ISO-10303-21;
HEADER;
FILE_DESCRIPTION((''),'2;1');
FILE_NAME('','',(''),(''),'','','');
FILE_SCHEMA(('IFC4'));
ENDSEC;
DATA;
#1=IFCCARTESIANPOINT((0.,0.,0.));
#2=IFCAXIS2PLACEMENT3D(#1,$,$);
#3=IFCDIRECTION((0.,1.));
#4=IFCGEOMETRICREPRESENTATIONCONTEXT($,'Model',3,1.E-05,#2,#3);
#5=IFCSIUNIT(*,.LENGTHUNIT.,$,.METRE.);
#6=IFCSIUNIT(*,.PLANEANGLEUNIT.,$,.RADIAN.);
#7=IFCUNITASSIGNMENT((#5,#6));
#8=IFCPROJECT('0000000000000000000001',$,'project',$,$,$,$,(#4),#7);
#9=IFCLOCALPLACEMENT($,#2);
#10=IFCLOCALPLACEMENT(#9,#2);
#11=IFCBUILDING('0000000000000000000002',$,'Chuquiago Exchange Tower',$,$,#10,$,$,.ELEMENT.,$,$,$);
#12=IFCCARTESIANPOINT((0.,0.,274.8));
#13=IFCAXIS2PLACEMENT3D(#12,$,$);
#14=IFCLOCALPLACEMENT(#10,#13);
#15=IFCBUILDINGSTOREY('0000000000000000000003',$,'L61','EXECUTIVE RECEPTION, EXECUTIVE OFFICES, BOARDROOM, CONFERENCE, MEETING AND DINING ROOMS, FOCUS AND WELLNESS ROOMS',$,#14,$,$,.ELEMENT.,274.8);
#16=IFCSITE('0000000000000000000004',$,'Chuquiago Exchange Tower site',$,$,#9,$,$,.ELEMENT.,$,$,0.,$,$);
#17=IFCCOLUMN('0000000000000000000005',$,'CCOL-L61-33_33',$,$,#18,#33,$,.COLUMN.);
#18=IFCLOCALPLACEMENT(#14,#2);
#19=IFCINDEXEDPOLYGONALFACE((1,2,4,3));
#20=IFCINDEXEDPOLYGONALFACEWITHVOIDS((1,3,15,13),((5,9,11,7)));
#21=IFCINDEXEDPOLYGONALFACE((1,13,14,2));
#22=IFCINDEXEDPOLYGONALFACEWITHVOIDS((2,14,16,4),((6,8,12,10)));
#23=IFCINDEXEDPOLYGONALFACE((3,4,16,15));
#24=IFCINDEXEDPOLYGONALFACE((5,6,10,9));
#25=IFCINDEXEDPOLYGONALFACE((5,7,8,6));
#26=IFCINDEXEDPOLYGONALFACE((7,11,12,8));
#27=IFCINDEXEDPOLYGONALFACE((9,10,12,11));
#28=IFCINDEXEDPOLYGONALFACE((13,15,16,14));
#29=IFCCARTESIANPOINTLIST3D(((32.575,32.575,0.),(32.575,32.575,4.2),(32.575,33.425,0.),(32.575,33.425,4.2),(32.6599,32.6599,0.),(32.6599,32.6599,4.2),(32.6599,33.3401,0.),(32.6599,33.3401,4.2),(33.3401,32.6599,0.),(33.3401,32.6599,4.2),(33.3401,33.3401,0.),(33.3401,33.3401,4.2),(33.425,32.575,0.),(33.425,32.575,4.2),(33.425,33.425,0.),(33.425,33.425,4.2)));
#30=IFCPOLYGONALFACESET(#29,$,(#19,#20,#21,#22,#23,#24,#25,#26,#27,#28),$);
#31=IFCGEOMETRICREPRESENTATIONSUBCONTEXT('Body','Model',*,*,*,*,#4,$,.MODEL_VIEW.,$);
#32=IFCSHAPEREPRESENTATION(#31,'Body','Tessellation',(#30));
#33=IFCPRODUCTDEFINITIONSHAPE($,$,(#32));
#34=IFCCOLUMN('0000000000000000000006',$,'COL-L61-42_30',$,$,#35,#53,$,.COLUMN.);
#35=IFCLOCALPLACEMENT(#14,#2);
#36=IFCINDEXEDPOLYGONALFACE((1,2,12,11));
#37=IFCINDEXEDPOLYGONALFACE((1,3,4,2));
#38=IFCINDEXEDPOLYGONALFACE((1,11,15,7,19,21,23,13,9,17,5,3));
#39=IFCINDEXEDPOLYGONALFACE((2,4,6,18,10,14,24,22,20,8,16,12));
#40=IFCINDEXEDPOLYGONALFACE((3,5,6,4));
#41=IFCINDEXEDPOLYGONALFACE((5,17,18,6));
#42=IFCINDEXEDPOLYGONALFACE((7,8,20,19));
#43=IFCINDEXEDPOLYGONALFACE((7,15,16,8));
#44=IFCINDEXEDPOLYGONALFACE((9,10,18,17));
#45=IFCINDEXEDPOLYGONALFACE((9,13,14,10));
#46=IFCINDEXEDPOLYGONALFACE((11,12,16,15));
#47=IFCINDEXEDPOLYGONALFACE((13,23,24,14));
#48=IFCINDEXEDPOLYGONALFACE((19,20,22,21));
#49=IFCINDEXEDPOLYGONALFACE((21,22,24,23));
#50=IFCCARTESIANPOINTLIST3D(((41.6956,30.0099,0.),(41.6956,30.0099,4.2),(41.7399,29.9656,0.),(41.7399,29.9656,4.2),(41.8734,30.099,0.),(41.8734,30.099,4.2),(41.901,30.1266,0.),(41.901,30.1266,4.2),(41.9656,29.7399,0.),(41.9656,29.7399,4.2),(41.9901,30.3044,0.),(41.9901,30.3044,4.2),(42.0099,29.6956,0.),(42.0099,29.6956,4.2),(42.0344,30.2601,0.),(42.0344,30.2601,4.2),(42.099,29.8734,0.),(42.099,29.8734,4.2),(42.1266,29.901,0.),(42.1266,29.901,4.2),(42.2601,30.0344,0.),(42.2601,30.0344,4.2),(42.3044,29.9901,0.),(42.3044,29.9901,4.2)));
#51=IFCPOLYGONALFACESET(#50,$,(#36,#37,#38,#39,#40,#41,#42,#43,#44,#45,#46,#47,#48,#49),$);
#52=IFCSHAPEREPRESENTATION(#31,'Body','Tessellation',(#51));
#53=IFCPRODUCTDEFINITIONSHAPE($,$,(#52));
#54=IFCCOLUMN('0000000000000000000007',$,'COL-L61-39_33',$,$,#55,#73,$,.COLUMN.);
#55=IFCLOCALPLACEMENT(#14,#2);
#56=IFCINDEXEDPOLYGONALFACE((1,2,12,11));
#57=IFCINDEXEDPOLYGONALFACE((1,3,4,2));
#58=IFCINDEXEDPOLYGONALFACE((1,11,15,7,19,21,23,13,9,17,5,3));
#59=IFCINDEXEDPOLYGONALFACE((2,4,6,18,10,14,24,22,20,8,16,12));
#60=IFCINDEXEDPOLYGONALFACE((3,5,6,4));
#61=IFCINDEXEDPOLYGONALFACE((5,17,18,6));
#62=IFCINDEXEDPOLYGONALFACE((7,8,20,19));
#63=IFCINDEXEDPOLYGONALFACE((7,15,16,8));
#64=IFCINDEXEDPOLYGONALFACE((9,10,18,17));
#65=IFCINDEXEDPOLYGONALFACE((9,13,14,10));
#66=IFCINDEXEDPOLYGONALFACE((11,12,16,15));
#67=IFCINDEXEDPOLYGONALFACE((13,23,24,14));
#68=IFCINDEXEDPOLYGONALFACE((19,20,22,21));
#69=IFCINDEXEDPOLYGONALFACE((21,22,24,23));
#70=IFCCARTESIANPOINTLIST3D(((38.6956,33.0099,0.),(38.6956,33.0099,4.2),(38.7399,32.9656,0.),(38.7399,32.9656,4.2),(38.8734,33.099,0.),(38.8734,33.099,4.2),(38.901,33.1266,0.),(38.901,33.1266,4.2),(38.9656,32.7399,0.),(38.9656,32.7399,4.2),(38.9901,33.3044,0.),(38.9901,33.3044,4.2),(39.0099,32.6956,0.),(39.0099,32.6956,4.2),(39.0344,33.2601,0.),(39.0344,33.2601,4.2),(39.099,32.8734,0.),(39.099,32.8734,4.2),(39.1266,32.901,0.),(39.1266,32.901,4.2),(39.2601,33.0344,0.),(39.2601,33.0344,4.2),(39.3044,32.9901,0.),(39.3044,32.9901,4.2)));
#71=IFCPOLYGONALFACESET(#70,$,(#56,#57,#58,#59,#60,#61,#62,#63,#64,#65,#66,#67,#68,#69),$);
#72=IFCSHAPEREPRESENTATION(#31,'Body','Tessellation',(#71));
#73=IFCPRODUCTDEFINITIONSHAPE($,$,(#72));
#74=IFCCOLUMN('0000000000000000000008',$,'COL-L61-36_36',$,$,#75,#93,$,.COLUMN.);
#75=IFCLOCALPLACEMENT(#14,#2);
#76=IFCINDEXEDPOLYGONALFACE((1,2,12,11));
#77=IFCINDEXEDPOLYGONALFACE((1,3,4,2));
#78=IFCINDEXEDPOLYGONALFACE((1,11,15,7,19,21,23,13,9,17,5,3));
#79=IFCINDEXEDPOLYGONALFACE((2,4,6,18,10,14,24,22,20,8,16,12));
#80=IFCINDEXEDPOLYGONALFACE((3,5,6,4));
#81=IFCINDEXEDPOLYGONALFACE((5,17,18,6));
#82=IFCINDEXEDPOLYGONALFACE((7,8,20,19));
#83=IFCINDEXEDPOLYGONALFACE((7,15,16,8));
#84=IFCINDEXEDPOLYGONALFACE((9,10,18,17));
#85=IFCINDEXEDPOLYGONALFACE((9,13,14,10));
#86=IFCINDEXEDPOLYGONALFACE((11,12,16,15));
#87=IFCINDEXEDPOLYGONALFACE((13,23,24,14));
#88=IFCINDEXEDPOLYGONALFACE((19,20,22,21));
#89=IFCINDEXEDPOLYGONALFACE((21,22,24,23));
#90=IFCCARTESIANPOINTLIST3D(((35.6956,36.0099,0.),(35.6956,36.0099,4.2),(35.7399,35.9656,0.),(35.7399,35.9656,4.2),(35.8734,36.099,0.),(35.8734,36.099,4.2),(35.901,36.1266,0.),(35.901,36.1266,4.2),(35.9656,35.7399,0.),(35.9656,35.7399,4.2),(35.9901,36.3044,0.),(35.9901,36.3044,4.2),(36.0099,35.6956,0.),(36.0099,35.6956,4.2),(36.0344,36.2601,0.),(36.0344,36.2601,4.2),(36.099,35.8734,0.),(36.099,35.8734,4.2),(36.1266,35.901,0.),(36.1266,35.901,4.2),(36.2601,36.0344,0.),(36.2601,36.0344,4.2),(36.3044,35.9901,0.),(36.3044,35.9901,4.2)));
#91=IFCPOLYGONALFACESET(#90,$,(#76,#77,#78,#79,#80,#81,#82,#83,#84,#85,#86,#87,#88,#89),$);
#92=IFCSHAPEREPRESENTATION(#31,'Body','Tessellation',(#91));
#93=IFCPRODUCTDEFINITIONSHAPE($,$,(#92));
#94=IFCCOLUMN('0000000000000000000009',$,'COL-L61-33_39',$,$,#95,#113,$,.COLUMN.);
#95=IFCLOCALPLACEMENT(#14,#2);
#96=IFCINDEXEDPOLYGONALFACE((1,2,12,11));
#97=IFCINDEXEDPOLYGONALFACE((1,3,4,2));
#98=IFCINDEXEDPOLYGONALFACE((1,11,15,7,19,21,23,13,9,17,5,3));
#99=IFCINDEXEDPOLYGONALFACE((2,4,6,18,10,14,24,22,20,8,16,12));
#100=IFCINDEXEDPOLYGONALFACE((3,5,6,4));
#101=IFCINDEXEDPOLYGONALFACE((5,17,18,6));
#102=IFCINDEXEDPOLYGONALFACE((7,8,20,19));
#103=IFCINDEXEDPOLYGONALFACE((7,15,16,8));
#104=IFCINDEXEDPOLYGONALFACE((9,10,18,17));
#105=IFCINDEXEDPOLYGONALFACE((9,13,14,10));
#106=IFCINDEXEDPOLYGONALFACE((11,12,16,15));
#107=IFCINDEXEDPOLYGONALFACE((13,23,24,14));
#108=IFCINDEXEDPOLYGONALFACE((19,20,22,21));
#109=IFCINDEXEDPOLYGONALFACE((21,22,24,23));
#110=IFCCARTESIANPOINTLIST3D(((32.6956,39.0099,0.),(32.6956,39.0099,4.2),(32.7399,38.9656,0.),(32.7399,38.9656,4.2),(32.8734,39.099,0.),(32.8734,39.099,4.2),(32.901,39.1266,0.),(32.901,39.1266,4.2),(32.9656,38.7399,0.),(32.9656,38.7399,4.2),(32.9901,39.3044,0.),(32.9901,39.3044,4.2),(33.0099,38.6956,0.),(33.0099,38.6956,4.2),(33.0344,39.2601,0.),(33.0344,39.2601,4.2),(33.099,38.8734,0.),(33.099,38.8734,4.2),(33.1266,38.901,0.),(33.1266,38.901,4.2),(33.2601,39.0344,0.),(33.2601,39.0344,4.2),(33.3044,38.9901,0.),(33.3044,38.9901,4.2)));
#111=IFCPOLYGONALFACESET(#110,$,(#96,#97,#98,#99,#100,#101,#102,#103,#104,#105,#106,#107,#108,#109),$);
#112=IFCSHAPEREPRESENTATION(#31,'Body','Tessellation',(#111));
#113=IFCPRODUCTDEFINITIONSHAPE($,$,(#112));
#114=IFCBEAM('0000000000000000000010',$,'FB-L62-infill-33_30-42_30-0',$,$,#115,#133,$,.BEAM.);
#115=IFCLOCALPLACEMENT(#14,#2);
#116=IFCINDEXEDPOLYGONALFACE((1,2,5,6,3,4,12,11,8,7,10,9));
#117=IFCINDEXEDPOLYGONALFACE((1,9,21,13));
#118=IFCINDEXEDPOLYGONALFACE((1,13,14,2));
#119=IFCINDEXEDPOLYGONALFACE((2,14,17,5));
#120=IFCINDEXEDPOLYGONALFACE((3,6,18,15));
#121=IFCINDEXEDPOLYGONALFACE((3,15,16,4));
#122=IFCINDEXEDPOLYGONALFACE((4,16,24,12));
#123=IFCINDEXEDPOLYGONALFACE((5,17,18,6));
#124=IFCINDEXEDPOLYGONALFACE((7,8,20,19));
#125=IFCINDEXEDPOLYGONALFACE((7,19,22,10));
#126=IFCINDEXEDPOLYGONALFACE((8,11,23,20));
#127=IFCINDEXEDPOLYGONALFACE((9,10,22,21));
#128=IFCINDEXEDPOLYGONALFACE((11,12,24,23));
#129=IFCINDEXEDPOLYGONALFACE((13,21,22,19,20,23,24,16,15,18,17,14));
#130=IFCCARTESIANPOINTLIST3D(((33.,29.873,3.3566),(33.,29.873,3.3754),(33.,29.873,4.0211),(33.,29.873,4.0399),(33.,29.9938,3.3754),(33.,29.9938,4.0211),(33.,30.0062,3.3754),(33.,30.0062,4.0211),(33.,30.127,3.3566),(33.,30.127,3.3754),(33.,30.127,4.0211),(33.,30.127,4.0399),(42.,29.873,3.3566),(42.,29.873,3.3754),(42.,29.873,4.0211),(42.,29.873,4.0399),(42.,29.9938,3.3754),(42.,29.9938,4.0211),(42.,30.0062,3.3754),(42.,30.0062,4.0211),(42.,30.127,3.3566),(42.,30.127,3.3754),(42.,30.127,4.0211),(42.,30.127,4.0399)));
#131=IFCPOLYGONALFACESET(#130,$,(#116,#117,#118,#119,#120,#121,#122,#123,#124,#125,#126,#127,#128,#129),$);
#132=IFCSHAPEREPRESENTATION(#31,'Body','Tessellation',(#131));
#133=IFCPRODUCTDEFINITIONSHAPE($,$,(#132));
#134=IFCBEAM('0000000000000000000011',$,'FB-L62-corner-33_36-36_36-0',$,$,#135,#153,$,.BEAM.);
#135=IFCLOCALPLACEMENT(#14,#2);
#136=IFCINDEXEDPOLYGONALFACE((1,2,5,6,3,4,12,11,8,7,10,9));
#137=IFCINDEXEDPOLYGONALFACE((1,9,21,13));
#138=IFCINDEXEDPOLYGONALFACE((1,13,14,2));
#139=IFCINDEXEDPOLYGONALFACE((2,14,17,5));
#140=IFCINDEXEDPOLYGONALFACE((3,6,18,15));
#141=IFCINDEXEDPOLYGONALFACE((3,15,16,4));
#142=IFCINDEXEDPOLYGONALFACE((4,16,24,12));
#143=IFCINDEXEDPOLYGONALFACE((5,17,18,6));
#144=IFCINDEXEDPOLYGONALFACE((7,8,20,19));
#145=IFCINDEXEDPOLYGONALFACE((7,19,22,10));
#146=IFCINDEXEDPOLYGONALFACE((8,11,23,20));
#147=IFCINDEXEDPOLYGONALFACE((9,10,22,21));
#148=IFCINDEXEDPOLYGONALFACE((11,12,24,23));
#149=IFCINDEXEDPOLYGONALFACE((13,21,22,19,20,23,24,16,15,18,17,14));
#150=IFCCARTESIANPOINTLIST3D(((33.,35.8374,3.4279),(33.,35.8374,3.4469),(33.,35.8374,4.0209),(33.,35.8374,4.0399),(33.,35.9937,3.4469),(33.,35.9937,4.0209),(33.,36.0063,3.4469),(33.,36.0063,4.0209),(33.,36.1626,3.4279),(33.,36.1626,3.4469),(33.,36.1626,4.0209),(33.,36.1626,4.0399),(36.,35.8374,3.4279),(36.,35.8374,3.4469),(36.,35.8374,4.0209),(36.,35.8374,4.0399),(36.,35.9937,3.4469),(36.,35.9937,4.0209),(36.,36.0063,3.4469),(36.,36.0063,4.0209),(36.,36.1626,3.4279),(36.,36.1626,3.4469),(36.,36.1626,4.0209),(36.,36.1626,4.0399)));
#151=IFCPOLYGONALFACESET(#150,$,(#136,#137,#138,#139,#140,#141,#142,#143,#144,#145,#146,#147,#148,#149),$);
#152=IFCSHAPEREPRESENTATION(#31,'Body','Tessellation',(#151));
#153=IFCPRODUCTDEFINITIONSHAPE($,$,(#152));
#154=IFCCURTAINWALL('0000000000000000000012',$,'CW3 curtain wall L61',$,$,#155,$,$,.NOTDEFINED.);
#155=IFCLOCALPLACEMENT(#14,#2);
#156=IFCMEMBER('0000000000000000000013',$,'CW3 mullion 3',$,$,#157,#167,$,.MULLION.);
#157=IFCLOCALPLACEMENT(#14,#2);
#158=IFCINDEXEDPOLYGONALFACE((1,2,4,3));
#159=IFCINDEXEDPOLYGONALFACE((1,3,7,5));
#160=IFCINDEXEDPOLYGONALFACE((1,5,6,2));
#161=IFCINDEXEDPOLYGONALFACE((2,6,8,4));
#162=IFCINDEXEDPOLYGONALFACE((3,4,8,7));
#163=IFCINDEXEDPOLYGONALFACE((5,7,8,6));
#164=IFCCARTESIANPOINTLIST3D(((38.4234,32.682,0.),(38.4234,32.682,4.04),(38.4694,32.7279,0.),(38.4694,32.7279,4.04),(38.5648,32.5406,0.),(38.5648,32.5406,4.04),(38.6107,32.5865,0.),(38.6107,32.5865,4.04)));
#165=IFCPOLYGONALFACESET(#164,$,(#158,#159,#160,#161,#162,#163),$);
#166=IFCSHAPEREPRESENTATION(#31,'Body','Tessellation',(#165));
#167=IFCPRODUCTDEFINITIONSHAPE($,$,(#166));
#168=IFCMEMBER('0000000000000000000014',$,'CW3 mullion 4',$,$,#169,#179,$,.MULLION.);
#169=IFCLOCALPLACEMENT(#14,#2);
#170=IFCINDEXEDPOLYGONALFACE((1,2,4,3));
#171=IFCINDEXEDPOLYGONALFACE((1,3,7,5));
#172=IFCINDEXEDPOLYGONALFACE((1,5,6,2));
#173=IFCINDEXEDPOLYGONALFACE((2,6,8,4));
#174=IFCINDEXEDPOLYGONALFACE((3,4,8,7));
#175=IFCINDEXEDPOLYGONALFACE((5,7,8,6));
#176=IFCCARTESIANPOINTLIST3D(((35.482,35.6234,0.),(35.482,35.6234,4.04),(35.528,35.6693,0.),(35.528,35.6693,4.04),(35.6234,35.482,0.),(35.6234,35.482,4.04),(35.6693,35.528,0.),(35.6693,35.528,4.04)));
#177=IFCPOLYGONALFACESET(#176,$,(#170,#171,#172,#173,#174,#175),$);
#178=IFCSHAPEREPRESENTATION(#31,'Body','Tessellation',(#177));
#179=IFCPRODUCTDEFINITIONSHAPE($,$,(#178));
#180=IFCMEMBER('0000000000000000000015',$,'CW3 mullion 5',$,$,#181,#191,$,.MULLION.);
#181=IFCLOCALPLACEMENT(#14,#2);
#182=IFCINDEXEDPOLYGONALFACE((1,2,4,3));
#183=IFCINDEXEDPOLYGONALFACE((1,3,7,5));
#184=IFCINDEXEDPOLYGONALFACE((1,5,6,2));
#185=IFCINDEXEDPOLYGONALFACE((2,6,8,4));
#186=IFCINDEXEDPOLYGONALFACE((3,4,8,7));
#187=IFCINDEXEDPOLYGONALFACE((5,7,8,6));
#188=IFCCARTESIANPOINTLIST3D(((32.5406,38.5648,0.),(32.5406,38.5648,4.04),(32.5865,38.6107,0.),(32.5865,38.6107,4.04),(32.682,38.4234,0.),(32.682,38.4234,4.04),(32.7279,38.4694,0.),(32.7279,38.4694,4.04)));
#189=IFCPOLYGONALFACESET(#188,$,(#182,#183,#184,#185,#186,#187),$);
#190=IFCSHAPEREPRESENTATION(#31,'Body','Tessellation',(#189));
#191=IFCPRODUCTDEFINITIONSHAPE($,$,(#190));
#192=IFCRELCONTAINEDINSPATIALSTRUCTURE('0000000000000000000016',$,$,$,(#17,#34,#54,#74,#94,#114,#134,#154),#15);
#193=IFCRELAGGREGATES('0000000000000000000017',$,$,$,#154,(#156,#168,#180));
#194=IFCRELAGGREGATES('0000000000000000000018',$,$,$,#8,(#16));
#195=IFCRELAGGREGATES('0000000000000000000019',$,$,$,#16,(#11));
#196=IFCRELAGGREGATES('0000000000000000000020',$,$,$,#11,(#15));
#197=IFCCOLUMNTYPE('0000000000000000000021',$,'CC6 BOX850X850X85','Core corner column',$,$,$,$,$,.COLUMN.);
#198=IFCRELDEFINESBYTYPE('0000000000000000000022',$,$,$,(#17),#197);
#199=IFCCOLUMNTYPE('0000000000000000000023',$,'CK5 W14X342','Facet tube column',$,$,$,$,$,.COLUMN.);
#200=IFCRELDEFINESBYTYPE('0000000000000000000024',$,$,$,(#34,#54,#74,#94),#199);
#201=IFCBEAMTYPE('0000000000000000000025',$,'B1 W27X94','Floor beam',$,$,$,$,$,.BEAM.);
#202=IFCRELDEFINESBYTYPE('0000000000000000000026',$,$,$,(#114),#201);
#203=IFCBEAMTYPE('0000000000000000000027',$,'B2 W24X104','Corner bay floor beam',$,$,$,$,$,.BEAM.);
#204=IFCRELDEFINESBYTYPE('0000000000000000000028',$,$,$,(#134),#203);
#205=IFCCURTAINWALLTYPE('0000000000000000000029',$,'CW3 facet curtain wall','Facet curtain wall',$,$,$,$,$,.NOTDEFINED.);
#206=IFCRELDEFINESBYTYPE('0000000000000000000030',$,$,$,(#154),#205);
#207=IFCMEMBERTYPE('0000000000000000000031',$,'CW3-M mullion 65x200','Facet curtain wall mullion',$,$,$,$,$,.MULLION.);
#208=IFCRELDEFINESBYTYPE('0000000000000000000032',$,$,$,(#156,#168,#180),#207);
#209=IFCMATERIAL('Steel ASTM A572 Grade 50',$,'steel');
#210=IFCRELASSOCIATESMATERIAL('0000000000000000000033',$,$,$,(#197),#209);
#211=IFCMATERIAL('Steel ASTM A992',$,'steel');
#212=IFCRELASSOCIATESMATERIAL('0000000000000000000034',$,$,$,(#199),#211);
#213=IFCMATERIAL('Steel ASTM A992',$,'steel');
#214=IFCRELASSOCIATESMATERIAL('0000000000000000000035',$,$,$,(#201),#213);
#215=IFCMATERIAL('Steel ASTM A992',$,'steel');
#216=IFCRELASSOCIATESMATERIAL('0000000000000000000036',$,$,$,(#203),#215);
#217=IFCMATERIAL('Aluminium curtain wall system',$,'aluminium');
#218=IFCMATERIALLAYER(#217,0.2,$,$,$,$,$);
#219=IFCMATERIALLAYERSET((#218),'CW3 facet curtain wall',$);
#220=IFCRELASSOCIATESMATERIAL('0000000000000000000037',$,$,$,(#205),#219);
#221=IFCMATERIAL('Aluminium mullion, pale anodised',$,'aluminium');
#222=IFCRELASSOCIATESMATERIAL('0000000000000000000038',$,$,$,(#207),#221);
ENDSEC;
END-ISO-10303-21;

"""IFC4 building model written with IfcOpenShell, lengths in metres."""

from ifc_helpers import new_model, si_unit, direction, frame, origin, origin_2d, place, context, subcontext, project, spatial, rectangle, hollow_rectangle, i_section, extrude, material, layer, layer_set, material_profile, profile_set, type_object, element, aggregate, save


model = new_model("IFC4")

# Units and contexts
model_context = context("Model", 3, precision=1e-05, world=origin(), true_north=direction((0.0, 1.0)))
body_context = subcontext(model_context, "Body", "Model", "MODEL_VIEW")
ifc_project = project(units=[si_unit("LENGTHUNIT", "METRE"), si_unit("PLANEANGLEUNIT", "RADIAN")], contexts=[model_context])

# Site, building, storey
site_placement = place(None, origin())
site = spatial("IfcSite", under=ifc_project, at=site_placement, Name="Chuquiago Exchange Tower site", CompositionType="ELEMENT", RefElevation=0.0)
building_placement = place(site_placement, origin())
building = spatial("IfcBuilding", under=site, at=building_placement, Name="Chuquiago Exchange Tower", CompositionType="ELEMENT")
storey_placement = place(building_placement, frame((0.0, 0.0, 274.8)))
storey = spatial("IfcBuildingStorey", under=building, at=storey_placement, Name="L61", Description="EXECUTIVE RECEPTION, EXECUTIVE OFFICES, BOARDROOM, CONFERENCE, MEETING AND DINING ROOMS, FOCUS AND WELLNESS ROOMS", CompositionType="ELEMENT", Elevation=274.8)

# Columns
ifc_material_1 = material(Name="Steel ASTM A572 Grade 50", Category="steel")
ifc_material_profile_1 = material_profile(ifc_material_1, hollow_rectangle(XDim=0.8501, YDim=0.8501, WallThickness=0.085, at=origin_2d()), Name="BOX850X850X85")
ifc_profile_set_1 = profile_set([ifc_material_profile_1], Name="Steel ASTM A572 Grade 50")
column_type_1 = type_object("IfcColumnType", Name="CC6 BOX850X850X85", Description="Core corner column", PredefinedType="COLUMN", material=ifc_profile_set_1)
column_placement = place(storey_placement, frame((33.0, 33.0, 0.0), z_axis=(0.0, 0.0, 1.0), x_axis=(1.0, 0.0, 0.0)))
element("IfcColumn", 1, at=column_placement, inside=storey, type_object=column_type_1, Name="CCOL-L61-33_33", PredefinedType="COLUMN", context=body_context, shape_type="SweptSolid", body=[
    extrude(hollow_rectangle(XDim=0.8501, YDim=0.8501, WallThickness=0.085, at=origin_2d()), origin(), (0.0, 0.0, 1.0), 4.2),
])
ifc_material_2 = material(Name="Steel ASTM A992", Category="steel")
ifc_material_profile_2 = material_profile(ifc_material_2, i_section(OverallWidth=0.4165, OverallDepth=0.4446, WebThickness=0.0391, FlangeThickness=0.0627, at=origin_2d()), Name="W14X342")
ifc_profile_set_2 = profile_set([ifc_material_profile_2], Name="Steel ASTM A992")
column_type_2 = type_object("IfcColumnType", Name="CK5 W14X342", Description="Facet tube column", PredefinedType="COLUMN", material=ifc_profile_set_2)
for number, where, z_axis, x_axis, name in (
    (2, (42.0, 30.0, 0.0), (0.0, 0.0, 1.0), (0.707107, 0.707107, 0.0), "COL-L61-42_30"),
    (3, (39.0, 33.0, 0.0), (0.0, 0.0, 1.0), (0.707107, 0.707107, 0.0), "COL-L61-39_33"),
    (4, (36.0, 36.0, 0.0), (0.0, 0.0, 1.0), (0.707107, 0.707107, 0.0), "COL-L61-36_36"),
    (5, (33.0, 39.0, 0.0), (0.0, 0.0, 1.0), (0.707107, 0.707107, 0.0), "COL-L61-33_39"),
):
    element("IfcColumn", number, at=place(storey_placement, frame(where, z_axis=z_axis, x_axis=x_axis)), inside=storey, type_object=column_type_2, Name=name, PredefinedType="COLUMN", context=body_context, shape_type="SweptSolid", body=[
        extrude(i_section(OverallWidth=0.4165, OverallDepth=0.4446, WebThickness=0.0391, FlangeThickness=0.0627, at=origin_2d()), origin(), (0.0, 0.0, 1.0), 4.2),
    ])

# Beams
ifc_material_3 = material(Name="Steel ASTM A992", Category="steel")
ifc_material_profile_3 = material_profile(ifc_material_3, i_section(OverallWidth=0.2539, OverallDepth=0.6833, WebThickness=0.0125, FlangeThickness=0.0188, at=origin_2d()), Name="W27X94")
ifc_profile_set_3 = profile_set([ifc_material_profile_3], Name="Steel ASTM A992")
beam_type_1 = type_object("IfcBeamType", Name="B1 W27X94", Description="Floor beam", PredefinedType="BEAM", material=ifc_profile_set_3)
beam_1_placement = place(storey_placement, frame((33.0, 30.0, 3.6982), z_axis=(1.0, 0.0, 0.0), x_axis=(0.0, 1.0, 0.0)))
element("IfcBeam", 6, at=beam_1_placement, inside=storey, type_object=beam_type_1, Name="FB-L62-infill-33_30-42_30-0", PredefinedType="BEAM", context=body_context, shape_type="SweptSolid", body=[
    extrude(i_section(OverallWidth=0.2539, OverallDepth=0.6833, WebThickness=0.0125, FlangeThickness=0.0188, at=origin_2d()), origin(), (0.0, 0.0, 1.0), 9.0),
])
ifc_material_4 = material(Name="Steel ASTM A992", Category="steel")
ifc_material_profile_4 = material_profile(ifc_material_4, i_section(OverallWidth=0.3252, OverallDepth=0.6121, WebThickness=0.0127, FlangeThickness=0.019, at=origin_2d()), Name="W24X104")
ifc_profile_set_4 = profile_set([ifc_material_profile_4], Name="Steel ASTM A992")
beam_type_2 = type_object("IfcBeamType", Name="B2 W24X104", Description="Corner bay floor beam", PredefinedType="BEAM", material=ifc_profile_set_4)
beam_2_placement = place(storey_placement, frame((33.0, 36.0, 3.7339), z_axis=(1.0, 0.0, 0.0), x_axis=(0.0, 1.0, 0.0)))
element("IfcBeam", 7, at=beam_2_placement, inside=storey, type_object=beam_type_2, Name="FB-L62-corner-33_36-36_36-0", PredefinedType="BEAM", context=body_context, shape_type="SweptSolid", body=[
    extrude(i_section(OverallWidth=0.3252, OverallDepth=0.6121, WebThickness=0.0127, FlangeThickness=0.019, at=origin_2d()), origin(), (0.0, 0.0, 1.0), 3.0),
])

# Curtain wall, members
ifc_material_5 = material(Name="Aluminium curtain wall system", Category="aluminium")
ifc_layer_1 = layer(ifc_material_5, 0.2)
ifc_layer_set_1 = layer_set([ifc_layer_1], Name="CW3 facet curtain wall")
curtain_wall_type = type_object("IfcCurtainWallType", Name="CW3 facet curtain wall", Description="Facet curtain wall", PredefinedType="NOTDEFINED", material=ifc_layer_set_1)
curtain_wall_placement = place(storey_placement, origin())
curtain_wall = element("IfcCurtainWall", 8, at=curtain_wall_placement, inside=storey, type_object=curtain_wall_type, Name="CW3 curtain wall L61", PredefinedType="NOTDEFINED")
ifc_material_6 = material(Name="Aluminium mullion, pale anodised", Category="aluminium")
ifc_material_profile_5 = material_profile(ifc_material_6, rectangle(XDim=0.0649, YDim=0.2, at=origin_2d()), Name="AL 65x200")
ifc_profile_set_5 = profile_set([ifc_material_profile_5], Name="Aluminium mullion, pale anodised")
member_type_1 = type_object("IfcMemberType", Name="CW3-M mullion 65x200", Description="Facet curtain wall mullion", PredefinedType="MULLION", material=ifc_profile_set_5)
member_1_placement = place(storey_placement, frame((38.5171, 32.6343, 0.0), z_axis=(0.0, 0.0, 1.0), x_axis=(-0.707107, -0.707107, 0.0)))
member_1 = element("IfcMember", 9, at=member_1_placement, type_object=member_type_1, Name="CW3 mullion 3", PredefinedType="MULLION", context=body_context, shape_type="SweptSolid", body=[
    extrude(rectangle(XDim=0.0649, YDim=0.2, at=origin_2d()), origin(), (0.0, 0.0, 1.0), 4.04),
])
member_2_placement = place(storey_placement, frame((35.5757, 35.5757, 0.0), z_axis=(0.0, 0.0, 1.0), x_axis=(-0.707107, -0.707107, 0.0)))
member_2 = element("IfcMember", 10, at=member_2_placement, type_object=member_type_1, Name="CW3 mullion 4", PredefinedType="MULLION", context=body_context, shape_type="SweptSolid", body=[
    extrude(rectangle(XDim=0.0649, YDim=0.2, at=origin_2d()), origin(), (0.0, 0.0, 1.0), 4.04),
])
member_3_placement = place(storey_placement, frame((32.6343, 38.5171, 0.0), z_axis=(0.0, 0.0, 1.0), x_axis=(-0.707107, -0.707107, 0.0)))
member_3 = element("IfcMember", 11, at=member_3_placement, type_object=member_type_1, Name="CW3 mullion 5", PredefinedType="MULLION", context=body_context, shape_type="SweptSolid", body=[
    extrude(rectangle(XDim=0.0649, YDim=0.2, at=origin_2d()), origin(), (0.0, 0.0, 1.0), 4.04),
])

aggregate(curtain_wall, [member_1, member_2, member_3])

save(model, "model.ifc")
